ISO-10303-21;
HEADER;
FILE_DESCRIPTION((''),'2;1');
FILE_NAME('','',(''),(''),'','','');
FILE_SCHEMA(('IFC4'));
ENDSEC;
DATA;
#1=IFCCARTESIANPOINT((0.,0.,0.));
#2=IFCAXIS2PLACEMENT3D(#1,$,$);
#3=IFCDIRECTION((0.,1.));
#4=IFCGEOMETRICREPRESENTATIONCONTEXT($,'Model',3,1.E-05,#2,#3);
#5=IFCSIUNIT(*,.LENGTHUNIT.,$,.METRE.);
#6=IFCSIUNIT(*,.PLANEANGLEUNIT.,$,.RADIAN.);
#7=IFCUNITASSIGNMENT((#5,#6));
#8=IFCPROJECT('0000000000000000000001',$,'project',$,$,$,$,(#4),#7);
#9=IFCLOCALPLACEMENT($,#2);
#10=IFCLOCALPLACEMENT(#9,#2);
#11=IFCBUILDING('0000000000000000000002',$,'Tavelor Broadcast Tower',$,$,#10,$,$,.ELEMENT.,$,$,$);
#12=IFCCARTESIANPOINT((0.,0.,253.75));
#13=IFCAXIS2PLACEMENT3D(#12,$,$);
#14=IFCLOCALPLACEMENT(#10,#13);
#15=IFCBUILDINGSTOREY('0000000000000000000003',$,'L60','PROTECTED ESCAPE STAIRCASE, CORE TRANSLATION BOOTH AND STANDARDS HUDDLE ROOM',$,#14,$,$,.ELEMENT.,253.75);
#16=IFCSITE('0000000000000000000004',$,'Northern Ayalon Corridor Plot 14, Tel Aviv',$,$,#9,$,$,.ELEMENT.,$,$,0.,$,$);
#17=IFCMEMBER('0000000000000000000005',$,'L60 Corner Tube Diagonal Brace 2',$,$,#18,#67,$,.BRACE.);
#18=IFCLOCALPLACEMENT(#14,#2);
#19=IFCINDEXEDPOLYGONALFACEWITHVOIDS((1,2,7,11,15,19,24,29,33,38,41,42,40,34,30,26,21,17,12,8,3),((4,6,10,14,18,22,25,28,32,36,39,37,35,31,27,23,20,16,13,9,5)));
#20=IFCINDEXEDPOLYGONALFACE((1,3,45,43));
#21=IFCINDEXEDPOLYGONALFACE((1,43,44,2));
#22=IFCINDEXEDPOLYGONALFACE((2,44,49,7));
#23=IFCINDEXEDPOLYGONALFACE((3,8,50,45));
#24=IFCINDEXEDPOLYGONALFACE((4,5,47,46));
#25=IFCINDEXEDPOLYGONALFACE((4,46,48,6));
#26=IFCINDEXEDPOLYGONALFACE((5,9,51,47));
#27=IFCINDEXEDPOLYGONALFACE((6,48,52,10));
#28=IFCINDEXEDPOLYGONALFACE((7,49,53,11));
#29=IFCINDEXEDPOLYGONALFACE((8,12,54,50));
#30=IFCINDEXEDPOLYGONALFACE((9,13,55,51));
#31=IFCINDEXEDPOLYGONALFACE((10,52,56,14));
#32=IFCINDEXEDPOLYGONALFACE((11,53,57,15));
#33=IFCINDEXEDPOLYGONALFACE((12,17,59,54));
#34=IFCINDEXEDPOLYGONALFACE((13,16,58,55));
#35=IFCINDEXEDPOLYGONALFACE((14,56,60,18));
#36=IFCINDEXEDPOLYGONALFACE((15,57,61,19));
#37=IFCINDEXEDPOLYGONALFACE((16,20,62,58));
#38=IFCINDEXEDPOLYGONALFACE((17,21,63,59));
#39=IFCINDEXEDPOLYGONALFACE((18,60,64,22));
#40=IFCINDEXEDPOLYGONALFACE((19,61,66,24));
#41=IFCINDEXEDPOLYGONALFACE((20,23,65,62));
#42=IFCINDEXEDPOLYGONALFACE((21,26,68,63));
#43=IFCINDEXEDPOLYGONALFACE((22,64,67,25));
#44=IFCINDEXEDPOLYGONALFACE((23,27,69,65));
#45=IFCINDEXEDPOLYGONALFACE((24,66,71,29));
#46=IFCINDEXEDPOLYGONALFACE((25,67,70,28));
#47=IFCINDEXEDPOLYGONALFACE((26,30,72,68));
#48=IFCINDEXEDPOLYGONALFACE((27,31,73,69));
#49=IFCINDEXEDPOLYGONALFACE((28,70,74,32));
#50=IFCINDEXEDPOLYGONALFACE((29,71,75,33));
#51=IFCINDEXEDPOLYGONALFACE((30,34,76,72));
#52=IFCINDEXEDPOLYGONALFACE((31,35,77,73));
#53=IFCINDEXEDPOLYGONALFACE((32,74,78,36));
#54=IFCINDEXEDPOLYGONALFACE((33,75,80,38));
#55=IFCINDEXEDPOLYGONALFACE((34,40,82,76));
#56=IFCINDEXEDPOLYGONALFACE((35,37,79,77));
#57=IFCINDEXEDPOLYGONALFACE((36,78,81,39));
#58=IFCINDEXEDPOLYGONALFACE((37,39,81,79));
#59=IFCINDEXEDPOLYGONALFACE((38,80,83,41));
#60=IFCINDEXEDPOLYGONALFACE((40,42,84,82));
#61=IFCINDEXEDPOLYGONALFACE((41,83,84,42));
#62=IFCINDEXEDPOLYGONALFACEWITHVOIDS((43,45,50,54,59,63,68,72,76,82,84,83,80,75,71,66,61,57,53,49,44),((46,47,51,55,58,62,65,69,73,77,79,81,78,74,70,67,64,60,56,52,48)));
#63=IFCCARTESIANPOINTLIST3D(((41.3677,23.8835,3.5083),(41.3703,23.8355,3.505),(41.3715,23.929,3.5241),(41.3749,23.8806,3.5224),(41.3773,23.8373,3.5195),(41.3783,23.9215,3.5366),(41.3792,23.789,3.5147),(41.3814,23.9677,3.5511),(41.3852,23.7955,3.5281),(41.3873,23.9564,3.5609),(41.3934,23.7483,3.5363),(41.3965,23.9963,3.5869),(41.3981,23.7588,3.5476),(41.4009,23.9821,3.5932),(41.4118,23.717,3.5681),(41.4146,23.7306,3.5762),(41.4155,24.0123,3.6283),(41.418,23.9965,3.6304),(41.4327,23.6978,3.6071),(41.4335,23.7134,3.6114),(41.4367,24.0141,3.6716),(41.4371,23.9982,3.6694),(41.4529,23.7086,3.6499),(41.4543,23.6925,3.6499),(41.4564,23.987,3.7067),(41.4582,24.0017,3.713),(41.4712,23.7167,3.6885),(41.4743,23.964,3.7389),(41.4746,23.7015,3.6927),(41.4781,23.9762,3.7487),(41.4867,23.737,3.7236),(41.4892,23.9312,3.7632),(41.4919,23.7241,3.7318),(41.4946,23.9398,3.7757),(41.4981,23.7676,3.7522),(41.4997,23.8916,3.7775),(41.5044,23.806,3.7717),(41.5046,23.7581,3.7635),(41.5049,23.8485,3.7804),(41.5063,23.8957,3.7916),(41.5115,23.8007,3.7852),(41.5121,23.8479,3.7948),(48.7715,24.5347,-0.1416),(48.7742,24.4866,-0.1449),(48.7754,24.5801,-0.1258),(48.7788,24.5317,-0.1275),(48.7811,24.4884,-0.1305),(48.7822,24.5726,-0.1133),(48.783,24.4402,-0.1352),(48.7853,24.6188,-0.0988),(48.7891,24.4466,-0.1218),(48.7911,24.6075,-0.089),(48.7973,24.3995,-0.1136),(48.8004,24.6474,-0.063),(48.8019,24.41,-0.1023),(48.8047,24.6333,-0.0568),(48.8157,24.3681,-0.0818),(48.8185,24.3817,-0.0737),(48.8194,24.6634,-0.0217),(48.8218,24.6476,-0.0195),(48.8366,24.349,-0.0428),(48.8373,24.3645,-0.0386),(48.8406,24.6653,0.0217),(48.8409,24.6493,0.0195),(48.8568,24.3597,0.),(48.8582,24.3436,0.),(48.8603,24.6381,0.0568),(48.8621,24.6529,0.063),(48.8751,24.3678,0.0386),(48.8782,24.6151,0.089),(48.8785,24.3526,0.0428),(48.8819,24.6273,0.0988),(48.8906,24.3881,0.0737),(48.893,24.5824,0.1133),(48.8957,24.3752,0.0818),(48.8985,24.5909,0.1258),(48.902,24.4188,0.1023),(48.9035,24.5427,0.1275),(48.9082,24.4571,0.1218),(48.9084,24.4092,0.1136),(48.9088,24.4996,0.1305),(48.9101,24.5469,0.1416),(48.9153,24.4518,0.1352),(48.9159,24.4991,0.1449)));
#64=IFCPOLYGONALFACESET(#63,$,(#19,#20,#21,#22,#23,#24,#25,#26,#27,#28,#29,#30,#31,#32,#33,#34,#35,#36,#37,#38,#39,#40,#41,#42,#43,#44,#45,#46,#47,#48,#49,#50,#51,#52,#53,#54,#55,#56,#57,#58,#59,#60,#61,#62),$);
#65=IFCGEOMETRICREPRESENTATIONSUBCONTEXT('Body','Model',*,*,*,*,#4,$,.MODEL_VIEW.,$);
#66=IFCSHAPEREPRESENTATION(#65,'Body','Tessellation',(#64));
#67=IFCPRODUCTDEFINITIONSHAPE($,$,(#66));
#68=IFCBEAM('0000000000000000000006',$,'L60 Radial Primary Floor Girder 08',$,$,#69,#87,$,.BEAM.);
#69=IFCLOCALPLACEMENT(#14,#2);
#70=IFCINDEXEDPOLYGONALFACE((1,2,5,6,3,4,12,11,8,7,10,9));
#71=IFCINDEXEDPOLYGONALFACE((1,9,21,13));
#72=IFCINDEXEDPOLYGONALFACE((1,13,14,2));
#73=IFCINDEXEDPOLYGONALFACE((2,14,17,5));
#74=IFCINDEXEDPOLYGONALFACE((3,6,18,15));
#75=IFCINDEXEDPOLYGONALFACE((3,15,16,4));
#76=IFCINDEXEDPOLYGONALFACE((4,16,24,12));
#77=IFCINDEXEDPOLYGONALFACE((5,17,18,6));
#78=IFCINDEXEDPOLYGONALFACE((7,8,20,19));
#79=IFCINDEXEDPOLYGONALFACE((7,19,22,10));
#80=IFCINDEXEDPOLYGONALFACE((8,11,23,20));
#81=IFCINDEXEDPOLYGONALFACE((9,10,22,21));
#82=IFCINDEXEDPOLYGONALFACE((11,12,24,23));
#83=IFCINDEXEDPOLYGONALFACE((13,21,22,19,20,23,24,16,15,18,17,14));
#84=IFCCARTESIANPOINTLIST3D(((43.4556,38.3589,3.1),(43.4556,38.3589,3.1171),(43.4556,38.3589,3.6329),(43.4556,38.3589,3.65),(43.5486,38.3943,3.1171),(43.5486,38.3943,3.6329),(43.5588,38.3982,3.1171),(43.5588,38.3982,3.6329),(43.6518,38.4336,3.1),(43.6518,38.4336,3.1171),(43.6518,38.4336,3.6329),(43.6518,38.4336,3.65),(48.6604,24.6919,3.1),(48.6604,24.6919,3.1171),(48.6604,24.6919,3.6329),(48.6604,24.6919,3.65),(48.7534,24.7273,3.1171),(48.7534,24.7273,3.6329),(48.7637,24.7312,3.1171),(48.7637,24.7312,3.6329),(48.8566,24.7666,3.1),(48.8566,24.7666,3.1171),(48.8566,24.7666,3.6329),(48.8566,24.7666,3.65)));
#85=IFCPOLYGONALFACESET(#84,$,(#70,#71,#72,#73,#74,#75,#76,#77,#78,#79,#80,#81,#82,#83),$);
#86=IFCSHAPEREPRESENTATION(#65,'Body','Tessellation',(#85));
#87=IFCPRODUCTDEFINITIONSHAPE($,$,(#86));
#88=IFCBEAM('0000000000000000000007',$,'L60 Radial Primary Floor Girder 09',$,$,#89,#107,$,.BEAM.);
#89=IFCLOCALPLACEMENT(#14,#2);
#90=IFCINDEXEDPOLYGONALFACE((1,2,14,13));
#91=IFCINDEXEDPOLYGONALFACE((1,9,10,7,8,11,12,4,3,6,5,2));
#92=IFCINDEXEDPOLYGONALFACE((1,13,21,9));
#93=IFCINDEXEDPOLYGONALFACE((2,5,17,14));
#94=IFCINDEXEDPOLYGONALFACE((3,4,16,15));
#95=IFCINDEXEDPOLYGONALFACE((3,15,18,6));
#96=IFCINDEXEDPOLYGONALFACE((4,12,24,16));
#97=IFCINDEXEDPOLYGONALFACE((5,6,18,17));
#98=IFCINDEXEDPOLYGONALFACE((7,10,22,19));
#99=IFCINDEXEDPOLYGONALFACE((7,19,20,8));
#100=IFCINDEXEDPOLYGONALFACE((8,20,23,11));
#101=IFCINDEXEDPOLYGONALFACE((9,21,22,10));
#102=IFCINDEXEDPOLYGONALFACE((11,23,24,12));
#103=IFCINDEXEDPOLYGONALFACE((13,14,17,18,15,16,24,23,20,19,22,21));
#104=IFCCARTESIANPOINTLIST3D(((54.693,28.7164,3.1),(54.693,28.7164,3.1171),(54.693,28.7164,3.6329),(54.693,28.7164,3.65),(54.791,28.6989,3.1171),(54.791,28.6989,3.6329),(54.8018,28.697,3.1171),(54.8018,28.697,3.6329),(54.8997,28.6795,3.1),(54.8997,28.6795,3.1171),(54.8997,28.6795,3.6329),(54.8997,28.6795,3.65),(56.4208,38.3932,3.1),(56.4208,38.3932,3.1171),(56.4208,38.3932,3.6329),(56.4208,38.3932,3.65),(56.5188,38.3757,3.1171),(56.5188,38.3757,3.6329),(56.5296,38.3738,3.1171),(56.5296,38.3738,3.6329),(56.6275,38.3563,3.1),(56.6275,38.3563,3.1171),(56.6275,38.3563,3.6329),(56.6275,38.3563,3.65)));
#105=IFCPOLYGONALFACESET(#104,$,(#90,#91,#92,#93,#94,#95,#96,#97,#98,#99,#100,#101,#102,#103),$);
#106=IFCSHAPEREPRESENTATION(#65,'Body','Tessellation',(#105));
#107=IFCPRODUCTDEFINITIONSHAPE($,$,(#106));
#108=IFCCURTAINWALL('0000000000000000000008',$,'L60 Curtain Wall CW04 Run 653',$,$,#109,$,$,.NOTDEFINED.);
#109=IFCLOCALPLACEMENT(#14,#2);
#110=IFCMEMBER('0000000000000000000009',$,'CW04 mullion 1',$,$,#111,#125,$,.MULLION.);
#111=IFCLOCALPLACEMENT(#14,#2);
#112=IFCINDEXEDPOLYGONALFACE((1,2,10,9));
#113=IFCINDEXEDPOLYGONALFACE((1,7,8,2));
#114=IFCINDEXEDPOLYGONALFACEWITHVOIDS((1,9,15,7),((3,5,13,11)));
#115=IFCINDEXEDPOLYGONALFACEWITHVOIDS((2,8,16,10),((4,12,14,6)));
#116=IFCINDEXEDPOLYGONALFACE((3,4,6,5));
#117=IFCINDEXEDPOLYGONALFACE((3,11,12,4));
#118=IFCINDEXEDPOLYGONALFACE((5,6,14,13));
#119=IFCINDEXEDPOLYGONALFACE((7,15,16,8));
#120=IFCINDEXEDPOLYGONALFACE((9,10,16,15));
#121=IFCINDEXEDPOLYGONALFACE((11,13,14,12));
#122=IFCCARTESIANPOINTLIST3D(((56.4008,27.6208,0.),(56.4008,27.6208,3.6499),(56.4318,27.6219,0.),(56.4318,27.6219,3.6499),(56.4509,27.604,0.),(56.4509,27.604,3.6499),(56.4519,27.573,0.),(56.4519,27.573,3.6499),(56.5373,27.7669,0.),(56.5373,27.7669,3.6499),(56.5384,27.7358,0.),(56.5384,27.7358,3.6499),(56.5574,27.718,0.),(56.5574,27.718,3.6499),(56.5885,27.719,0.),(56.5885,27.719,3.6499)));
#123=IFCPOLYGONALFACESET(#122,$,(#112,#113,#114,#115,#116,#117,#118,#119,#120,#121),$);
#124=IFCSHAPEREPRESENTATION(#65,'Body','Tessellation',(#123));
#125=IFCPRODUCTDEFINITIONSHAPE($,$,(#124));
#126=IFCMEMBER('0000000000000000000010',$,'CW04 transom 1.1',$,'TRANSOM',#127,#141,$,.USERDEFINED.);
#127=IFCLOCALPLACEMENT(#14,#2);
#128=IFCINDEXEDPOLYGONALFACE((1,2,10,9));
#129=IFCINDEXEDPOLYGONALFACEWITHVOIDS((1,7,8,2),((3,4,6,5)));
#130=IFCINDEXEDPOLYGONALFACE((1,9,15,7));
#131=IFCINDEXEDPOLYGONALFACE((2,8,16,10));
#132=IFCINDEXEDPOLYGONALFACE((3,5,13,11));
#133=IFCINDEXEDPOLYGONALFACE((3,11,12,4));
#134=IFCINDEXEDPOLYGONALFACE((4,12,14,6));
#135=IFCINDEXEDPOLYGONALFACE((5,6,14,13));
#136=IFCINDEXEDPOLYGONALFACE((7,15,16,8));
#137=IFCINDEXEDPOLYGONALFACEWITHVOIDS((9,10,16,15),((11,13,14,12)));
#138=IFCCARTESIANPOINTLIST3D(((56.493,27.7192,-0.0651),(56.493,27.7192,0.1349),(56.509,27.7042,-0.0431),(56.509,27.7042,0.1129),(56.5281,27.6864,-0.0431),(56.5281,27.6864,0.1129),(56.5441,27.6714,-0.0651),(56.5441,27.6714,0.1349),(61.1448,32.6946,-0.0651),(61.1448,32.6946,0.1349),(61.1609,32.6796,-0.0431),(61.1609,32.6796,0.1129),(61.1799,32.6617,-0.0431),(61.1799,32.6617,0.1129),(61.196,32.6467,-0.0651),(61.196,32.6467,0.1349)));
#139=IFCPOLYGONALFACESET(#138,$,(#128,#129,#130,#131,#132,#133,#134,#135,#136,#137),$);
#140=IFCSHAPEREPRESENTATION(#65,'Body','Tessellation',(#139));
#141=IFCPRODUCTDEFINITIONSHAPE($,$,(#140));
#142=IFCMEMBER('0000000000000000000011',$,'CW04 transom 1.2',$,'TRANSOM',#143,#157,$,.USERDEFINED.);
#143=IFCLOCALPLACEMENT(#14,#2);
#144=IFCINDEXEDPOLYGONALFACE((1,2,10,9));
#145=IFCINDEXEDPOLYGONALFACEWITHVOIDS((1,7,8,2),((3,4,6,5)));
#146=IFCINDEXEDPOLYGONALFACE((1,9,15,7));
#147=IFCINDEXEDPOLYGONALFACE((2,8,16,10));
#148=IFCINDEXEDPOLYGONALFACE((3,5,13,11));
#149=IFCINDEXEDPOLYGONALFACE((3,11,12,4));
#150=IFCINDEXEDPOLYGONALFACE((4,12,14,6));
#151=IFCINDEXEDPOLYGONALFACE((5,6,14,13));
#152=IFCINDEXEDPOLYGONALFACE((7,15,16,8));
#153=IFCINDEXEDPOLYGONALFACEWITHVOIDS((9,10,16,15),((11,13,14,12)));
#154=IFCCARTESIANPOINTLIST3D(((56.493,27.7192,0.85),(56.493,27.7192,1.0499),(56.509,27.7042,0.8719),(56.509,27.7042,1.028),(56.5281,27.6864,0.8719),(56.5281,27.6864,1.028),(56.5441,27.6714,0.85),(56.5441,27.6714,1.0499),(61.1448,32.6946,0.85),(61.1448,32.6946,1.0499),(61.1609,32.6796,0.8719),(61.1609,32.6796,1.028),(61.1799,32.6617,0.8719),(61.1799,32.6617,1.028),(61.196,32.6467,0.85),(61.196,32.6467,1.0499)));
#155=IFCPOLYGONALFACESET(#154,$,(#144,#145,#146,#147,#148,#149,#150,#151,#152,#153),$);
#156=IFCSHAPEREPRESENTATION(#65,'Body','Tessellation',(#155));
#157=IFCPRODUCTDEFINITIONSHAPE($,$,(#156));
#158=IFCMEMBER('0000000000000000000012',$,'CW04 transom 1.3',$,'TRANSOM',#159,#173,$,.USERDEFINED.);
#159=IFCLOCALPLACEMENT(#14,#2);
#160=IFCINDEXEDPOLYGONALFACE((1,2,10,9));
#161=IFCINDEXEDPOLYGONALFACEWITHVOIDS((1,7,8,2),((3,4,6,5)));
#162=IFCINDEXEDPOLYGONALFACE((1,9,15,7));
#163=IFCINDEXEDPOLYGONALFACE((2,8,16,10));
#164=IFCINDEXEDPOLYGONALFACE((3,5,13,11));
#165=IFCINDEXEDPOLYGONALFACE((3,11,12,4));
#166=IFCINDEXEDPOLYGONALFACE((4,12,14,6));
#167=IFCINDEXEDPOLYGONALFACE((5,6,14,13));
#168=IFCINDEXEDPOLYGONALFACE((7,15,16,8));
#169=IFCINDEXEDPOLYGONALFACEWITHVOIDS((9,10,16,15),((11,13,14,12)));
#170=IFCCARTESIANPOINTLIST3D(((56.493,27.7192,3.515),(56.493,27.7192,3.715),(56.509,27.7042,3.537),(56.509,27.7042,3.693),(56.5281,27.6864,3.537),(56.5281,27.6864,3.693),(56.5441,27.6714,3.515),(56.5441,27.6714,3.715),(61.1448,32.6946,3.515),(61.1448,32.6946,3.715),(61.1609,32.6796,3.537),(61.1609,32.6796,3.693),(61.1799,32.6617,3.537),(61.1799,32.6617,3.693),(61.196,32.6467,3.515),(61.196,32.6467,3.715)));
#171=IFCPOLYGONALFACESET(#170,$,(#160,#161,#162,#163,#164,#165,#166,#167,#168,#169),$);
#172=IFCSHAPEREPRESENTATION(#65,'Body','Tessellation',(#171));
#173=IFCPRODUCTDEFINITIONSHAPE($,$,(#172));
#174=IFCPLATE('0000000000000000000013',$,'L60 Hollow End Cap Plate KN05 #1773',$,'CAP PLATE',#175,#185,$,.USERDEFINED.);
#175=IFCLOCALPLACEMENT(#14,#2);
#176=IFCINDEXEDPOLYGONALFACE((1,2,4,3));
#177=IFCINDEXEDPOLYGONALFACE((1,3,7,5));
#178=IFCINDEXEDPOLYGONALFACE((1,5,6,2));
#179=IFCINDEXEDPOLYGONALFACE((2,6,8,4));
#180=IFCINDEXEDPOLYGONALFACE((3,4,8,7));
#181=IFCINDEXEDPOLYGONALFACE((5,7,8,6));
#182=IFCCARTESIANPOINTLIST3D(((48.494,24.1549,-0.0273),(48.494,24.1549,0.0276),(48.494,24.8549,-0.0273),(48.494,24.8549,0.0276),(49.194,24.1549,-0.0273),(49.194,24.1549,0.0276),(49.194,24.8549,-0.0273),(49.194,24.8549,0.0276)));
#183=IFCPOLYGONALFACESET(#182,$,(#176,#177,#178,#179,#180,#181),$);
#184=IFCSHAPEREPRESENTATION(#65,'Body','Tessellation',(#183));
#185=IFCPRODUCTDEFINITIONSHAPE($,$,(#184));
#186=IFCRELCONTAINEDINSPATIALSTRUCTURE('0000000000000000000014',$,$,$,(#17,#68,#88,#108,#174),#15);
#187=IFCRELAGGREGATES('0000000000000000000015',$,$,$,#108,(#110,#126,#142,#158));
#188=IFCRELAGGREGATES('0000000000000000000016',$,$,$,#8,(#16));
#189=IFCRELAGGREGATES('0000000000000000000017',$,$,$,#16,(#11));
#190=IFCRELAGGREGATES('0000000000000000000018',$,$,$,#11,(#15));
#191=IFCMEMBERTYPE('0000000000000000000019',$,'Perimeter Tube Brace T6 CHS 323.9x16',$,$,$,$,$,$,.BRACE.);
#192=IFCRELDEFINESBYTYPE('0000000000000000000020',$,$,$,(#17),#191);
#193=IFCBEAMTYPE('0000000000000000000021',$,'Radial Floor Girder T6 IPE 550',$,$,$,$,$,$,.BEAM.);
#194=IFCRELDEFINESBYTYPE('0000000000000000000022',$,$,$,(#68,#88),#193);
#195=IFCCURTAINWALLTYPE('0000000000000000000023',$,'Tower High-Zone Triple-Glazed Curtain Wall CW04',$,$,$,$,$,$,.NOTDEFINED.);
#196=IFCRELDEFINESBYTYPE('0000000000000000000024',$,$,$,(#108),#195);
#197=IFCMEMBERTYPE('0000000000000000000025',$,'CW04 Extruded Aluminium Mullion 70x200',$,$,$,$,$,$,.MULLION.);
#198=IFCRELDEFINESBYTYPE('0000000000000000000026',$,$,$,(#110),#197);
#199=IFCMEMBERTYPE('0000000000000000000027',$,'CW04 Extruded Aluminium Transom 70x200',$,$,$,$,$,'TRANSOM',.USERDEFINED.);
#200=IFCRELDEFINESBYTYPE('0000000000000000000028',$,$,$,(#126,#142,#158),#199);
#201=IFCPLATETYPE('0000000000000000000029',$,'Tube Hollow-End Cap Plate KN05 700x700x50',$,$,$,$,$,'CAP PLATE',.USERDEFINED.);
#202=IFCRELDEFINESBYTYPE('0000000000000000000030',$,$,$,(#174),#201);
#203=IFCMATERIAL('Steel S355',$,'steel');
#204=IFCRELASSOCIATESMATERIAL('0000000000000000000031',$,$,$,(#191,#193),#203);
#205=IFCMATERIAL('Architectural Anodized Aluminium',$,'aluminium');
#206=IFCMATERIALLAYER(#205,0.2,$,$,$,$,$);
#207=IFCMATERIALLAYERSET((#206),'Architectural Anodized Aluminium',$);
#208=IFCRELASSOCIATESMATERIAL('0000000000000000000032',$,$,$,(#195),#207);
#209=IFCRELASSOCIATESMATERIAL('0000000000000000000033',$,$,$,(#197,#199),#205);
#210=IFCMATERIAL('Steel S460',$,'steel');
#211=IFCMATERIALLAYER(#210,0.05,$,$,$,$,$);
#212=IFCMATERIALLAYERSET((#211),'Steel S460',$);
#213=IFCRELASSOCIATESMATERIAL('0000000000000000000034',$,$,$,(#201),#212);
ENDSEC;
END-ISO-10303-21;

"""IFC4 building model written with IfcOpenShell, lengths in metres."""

from ifc_helpers import new_model, si_unit, direction, frame, origin, origin_2d, place, context, subcontext, project, spatial, rectangle, hollow_rectangle, hollow_circle, i_section, extrude, source, transform, mapped, material, layer, layer_set, material_profile, profile_set, type_object, type_shapes, element, aggregate, save


model = new_model("IFC4")

# Units and contexts
model_context = context("Model", 3, precision=1e-05, world=origin(), true_north=direction((0.0, 1.0)))
body_context = subcontext(model_context, "Body", "Model", "MODEL_VIEW")
ifc_project = project(units=[si_unit("LENGTHUNIT", "METRE"), si_unit("PLANEANGLEUNIT", "RADIAN")], contexts=[model_context])

# Site, building, storey
site_placement = place(None, origin())
site = spatial("IfcSite", under=ifc_project, at=site_placement, Name="Northern Ayalon Corridor Plot 14, Tel Aviv", CompositionType="ELEMENT", RefElevation=0.0)
building_placement = place(site_placement, origin())
building = spatial("IfcBuilding", under=site, at=building_placement, Name="Tavelor Broadcast Tower", CompositionType="ELEMENT")
storey_placement = place(building_placement, frame((0.0, 0.0, 253.75)))
storey = spatial("IfcBuildingStorey", under=building, at=storey_placement, Name="L60", Description="PROTECTED ESCAPE STAIRCASE, CORE TRANSLATION BOOTH AND STANDARDS HUDDLE ROOM", CompositionType="ELEMENT", Elevation=253.75)

# Shared definitions
ifc_material_1 = material(Name="Steel S460", Category="steel")

# Shared definitions
ifc_material_2 = material(Name="Steel S355", Category="steel")

# Member
ifc_material_profile_1 = material_profile(ifc_material_2, hollow_circle(Radius=0.1619, WallThickness=0.0161, at=origin_2d()), Name="CHS 323.9x16")
ifc_profile_set_1 = profile_set([ifc_material_profile_1], Name="Steel S355")
member_type_1 = type_object("IfcMemberType", Name="Perimeter Tube Brace T6 CHS 323.9x16", PredefinedType="BRACE", material=ifc_profile_set_1)
member_1_placement = place(storey_placement, frame((48.844, 24.5049, 0.0), z_axis=(-0.894155, -0.078636, 0.440797), x_axis=(0.087606, -0.996155, 0.0)))
element("IfcMember", 1, at=member_1_placement, inside=storey, type_object=member_type_1, Name="L60 Corner Tube Diagonal Brace 2", PredefinedType="BRACE", context=body_context, shape_type="SweptSolid", body=[
    extrude(hollow_circle(Radius=0.1619, WallThickness=0.0161, at=origin_2d()), origin(), (0.0, 0.0, 1.0), 8.2803),
])

# Beams
ifc_material_profile_2 = material_profile(ifc_material_2, i_section(OverallWidth=0.21, OverallDepth=0.55, WebThickness=0.011, FlangeThickness=0.0171, at=origin_2d()), Name="IPE 550")
ifc_profile_set_2 = profile_set([ifc_material_profile_2], Name="Steel S355")
beam_type_1 = type_object("IfcBeamType", Name="Radial Floor Girder T6 IPE 550", PredefinedType="BEAM", material=ifc_profile_set_2)
beam_1_placement = place(storey_placement, frame((43.5537, 38.3962, 3.375), z_axis=(0.355897, -0.934525, 0.0), x_axis=(0.934525, 0.355897, 0.0)))
element("IfcBeam", 2, at=beam_1_placement, inside=storey, type_object=beam_type_1, Name="L60 Radial Primary Floor Girder 08", PredefinedType="BEAM", context=body_context, shape_type="SweptSolid", body=[
    extrude(i_section(OverallWidth=0.21, OverallDepth=0.55, WebThickness=0.011, FlangeThickness=0.0171, at=origin_2d()), origin(), (0.0, 0.0, 1.0), 14.6245),
])
beam_2_placement = place(storey_placement, frame((56.5242, 38.3748, 3.375), z_axis=(-0.17577, -0.984431, 0.0), x_axis=(0.984431, -0.17577, 0.0)))
element("IfcBeam", 3, at=beam_2_placement, inside=storey, type_object=beam_type_1, Name="L60 Radial Primary Floor Girder 09", PredefinedType="BEAM", context=body_context, shape_type="SweptSolid", body=[
    extrude(i_section(OverallWidth=0.21, OverallDepth=0.55, WebThickness=0.011, FlangeThickness=0.0171, at=origin_2d()), origin(), (0.0, 0.0, 1.0), 9.8298),
])

# Curtain wall, members
ifc_material_3 = material(Name="Architectural Anodized Aluminium", Category="aluminium")
ifc_layer_1 = layer(ifc_material_3, 0.2)
ifc_layer_set_1 = layer_set([ifc_layer_1], Name="Architectural Anodized Aluminium")
curtain_wall_type = type_object("IfcCurtainWallType", Name="Tower High-Zone Triple-Glazed Curtain Wall CW04", PredefinedType="NOTDEFINED", material=ifc_layer_set_1)
curtain_wall_placement = place(storey_placement, origin())
curtain_wall = element("IfcCurtainWall", 4, at=curtain_wall_placement, inside=storey, type_object=curtain_wall_type, Name="L60 Curtain Wall CW04 Run 653", PredefinedType="NOTDEFINED")
ifc_material_profile_3 = material_profile(ifc_material_3, hollow_rectangle(XDim=0.0701, YDim=0.2, WallThickness=0.022, at=origin_2d()), Name="RHS 70x200x22")
ifc_profile_set_3 = profile_set([ifc_material_profile_3], Name="Architectural Anodized Aluminium")
member_type_2 = type_object("IfcMemberType", Name="CW04 Extruded Aluminium Mullion 70x200", PredefinedType="MULLION", material=ifc_profile_set_3)
shared_shape_1 = source(origin(), body_context, "Body", "SweptSolid", [
    extrude(hollow_rectangle(XDim=0.0701, YDim=0.2, WallThickness=0.022, at=origin_2d()), origin(), (0.0, 0.0, 1.0), 3.6499),
])
type_shapes(member_type_2, [shared_shape_1])
member_2_placement = place(storey_placement, frame((56.4946, 27.6699, 0.0), z_axis=(0.0, 0.0, 1.0), x_axis=(-0.730452, 0.682964, 0.0)))
member_2 = element("IfcMember", 5, at=member_2_placement, type_object=member_type_2, Name="CW04 mullion 1", PredefinedType="MULLION", context=body_context, shape_type="MappedRepresentation", body=[
    mapped(shared_shape_1, transform((0.0, 0.0, 0.0), scale=1.0)),
])
ifc_material_profile_4 = material_profile(ifc_material_3, hollow_rectangle(XDim=0.0701, YDim=0.2, WallThickness=0.022, at=origin_2d()), Name="RHS 70x200x22")
ifc_profile_set_4 = profile_set([ifc_material_profile_4], Name="Architectural Anodized Aluminium")
member_type_3 = type_object("IfcMemberType", Name="CW04 Extruded Aluminium Transom 70x200", ElementType="TRANSOM", PredefinedType="USERDEFINED", material=ifc_profile_set_4)
shared_shape_2 = source(origin(), body_context, "Body", "SweptSolid", [
    extrude(hollow_rectangle(XDim=0.0701, YDim=0.2, WallThickness=0.022, at=origin_2d()), origin(), (0.0, 0.0, 1.0), 6.8113),
])
type_shapes(member_type_3, [shared_shape_2])
member_3_placement = place(storey_placement, frame((56.5186, 27.6953, 0.0349), z_axis=(0.682962, 0.730454, 0.0), x_axis=(-0.730454, 0.682962, 0.0)))
member_3 = element("IfcMember", 6, at=member_3_placement, type_object=member_type_3, Name="CW04 transom 1.1", ObjectType="TRANSOM", PredefinedType="USERDEFINED", context=body_context, shape_type="MappedRepresentation", body=[
    mapped(shared_shape_2, transform((0.0, 0.0, 0.0), scale=1.0)),
])
member_4_placement = place(storey_placement, frame((56.5186, 27.6953, 0.95), z_axis=(0.682962, 0.730454, 0.0), x_axis=(-0.730454, 0.682962, 0.0)))
member_4 = element("IfcMember", 7, at=member_4_placement, type_object=member_type_3, Name="CW04 transom 1.2", ObjectType="TRANSOM", PredefinedType="USERDEFINED", context=body_context, shape_type="MappedRepresentation", body=[
    mapped(shared_shape_2, transform((0.0, 0.0, 0.0), scale=1.0)),
])
member_5_placement = place(storey_placement, frame((56.5186, 27.6953, 3.615), z_axis=(0.682962, 0.730454, 0.0), x_axis=(-0.730454, 0.682962, 0.0)))
member_5 = element("IfcMember", 8, at=member_5_placement, type_object=member_type_3, Name="CW04 transom 1.3", ObjectType="TRANSOM", PredefinedType="USERDEFINED", context=body_context, shape_type="MappedRepresentation", body=[
    mapped(shared_shape_2, transform((0.0, 0.0, 0.0), scale=1.0)),
])

# Plate
ifc_layer_2 = layer(ifc_material_1, 0.05)
ifc_layer_set_2 = layer_set([ifc_layer_2], Name="Steel S460")
plate_type_1 = type_object("IfcPlateType", Name="Tube Hollow-End Cap Plate KN05 700x700x50", ElementType="CAP PLATE", PredefinedType="USERDEFINED", material=ifc_layer_set_2)
shared_shape_3 = source(origin(), body_context, "Body", "SweptSolid", [
    extrude(rectangle(XDim=0.7, YDim=0.7, at=origin_2d()), origin(), (0.0, 0.0, 1.0), 0.0549),
])
type_shapes(plate_type_1, [shared_shape_3])
for number, where, z_axis, x_axis, name in (
    (9, (48.844, 24.5049, -0.0273), (0.0, 0.0, 1.0), (1.0, 0.0, 0.0), "L60 Hollow End Cap Plate KN05 #1773"),
):
    element("IfcPlate", number, at=place(storey_placement, frame(where, z_axis=z_axis, x_axis=x_axis)), inside=storey, type_object=plate_type_1, Name=name, ObjectType="CAP PLATE", PredefinedType="USERDEFINED", context=body_context, shape_type="MappedRepresentation", body=[
        mapped(shared_shape_3, transform((0.0, 0.0, 0.0), scale=1.0)),
    ])

aggregate(curtain_wall, [member_2, member_3, member_4, member_5])

save(model, "model.ifc")
